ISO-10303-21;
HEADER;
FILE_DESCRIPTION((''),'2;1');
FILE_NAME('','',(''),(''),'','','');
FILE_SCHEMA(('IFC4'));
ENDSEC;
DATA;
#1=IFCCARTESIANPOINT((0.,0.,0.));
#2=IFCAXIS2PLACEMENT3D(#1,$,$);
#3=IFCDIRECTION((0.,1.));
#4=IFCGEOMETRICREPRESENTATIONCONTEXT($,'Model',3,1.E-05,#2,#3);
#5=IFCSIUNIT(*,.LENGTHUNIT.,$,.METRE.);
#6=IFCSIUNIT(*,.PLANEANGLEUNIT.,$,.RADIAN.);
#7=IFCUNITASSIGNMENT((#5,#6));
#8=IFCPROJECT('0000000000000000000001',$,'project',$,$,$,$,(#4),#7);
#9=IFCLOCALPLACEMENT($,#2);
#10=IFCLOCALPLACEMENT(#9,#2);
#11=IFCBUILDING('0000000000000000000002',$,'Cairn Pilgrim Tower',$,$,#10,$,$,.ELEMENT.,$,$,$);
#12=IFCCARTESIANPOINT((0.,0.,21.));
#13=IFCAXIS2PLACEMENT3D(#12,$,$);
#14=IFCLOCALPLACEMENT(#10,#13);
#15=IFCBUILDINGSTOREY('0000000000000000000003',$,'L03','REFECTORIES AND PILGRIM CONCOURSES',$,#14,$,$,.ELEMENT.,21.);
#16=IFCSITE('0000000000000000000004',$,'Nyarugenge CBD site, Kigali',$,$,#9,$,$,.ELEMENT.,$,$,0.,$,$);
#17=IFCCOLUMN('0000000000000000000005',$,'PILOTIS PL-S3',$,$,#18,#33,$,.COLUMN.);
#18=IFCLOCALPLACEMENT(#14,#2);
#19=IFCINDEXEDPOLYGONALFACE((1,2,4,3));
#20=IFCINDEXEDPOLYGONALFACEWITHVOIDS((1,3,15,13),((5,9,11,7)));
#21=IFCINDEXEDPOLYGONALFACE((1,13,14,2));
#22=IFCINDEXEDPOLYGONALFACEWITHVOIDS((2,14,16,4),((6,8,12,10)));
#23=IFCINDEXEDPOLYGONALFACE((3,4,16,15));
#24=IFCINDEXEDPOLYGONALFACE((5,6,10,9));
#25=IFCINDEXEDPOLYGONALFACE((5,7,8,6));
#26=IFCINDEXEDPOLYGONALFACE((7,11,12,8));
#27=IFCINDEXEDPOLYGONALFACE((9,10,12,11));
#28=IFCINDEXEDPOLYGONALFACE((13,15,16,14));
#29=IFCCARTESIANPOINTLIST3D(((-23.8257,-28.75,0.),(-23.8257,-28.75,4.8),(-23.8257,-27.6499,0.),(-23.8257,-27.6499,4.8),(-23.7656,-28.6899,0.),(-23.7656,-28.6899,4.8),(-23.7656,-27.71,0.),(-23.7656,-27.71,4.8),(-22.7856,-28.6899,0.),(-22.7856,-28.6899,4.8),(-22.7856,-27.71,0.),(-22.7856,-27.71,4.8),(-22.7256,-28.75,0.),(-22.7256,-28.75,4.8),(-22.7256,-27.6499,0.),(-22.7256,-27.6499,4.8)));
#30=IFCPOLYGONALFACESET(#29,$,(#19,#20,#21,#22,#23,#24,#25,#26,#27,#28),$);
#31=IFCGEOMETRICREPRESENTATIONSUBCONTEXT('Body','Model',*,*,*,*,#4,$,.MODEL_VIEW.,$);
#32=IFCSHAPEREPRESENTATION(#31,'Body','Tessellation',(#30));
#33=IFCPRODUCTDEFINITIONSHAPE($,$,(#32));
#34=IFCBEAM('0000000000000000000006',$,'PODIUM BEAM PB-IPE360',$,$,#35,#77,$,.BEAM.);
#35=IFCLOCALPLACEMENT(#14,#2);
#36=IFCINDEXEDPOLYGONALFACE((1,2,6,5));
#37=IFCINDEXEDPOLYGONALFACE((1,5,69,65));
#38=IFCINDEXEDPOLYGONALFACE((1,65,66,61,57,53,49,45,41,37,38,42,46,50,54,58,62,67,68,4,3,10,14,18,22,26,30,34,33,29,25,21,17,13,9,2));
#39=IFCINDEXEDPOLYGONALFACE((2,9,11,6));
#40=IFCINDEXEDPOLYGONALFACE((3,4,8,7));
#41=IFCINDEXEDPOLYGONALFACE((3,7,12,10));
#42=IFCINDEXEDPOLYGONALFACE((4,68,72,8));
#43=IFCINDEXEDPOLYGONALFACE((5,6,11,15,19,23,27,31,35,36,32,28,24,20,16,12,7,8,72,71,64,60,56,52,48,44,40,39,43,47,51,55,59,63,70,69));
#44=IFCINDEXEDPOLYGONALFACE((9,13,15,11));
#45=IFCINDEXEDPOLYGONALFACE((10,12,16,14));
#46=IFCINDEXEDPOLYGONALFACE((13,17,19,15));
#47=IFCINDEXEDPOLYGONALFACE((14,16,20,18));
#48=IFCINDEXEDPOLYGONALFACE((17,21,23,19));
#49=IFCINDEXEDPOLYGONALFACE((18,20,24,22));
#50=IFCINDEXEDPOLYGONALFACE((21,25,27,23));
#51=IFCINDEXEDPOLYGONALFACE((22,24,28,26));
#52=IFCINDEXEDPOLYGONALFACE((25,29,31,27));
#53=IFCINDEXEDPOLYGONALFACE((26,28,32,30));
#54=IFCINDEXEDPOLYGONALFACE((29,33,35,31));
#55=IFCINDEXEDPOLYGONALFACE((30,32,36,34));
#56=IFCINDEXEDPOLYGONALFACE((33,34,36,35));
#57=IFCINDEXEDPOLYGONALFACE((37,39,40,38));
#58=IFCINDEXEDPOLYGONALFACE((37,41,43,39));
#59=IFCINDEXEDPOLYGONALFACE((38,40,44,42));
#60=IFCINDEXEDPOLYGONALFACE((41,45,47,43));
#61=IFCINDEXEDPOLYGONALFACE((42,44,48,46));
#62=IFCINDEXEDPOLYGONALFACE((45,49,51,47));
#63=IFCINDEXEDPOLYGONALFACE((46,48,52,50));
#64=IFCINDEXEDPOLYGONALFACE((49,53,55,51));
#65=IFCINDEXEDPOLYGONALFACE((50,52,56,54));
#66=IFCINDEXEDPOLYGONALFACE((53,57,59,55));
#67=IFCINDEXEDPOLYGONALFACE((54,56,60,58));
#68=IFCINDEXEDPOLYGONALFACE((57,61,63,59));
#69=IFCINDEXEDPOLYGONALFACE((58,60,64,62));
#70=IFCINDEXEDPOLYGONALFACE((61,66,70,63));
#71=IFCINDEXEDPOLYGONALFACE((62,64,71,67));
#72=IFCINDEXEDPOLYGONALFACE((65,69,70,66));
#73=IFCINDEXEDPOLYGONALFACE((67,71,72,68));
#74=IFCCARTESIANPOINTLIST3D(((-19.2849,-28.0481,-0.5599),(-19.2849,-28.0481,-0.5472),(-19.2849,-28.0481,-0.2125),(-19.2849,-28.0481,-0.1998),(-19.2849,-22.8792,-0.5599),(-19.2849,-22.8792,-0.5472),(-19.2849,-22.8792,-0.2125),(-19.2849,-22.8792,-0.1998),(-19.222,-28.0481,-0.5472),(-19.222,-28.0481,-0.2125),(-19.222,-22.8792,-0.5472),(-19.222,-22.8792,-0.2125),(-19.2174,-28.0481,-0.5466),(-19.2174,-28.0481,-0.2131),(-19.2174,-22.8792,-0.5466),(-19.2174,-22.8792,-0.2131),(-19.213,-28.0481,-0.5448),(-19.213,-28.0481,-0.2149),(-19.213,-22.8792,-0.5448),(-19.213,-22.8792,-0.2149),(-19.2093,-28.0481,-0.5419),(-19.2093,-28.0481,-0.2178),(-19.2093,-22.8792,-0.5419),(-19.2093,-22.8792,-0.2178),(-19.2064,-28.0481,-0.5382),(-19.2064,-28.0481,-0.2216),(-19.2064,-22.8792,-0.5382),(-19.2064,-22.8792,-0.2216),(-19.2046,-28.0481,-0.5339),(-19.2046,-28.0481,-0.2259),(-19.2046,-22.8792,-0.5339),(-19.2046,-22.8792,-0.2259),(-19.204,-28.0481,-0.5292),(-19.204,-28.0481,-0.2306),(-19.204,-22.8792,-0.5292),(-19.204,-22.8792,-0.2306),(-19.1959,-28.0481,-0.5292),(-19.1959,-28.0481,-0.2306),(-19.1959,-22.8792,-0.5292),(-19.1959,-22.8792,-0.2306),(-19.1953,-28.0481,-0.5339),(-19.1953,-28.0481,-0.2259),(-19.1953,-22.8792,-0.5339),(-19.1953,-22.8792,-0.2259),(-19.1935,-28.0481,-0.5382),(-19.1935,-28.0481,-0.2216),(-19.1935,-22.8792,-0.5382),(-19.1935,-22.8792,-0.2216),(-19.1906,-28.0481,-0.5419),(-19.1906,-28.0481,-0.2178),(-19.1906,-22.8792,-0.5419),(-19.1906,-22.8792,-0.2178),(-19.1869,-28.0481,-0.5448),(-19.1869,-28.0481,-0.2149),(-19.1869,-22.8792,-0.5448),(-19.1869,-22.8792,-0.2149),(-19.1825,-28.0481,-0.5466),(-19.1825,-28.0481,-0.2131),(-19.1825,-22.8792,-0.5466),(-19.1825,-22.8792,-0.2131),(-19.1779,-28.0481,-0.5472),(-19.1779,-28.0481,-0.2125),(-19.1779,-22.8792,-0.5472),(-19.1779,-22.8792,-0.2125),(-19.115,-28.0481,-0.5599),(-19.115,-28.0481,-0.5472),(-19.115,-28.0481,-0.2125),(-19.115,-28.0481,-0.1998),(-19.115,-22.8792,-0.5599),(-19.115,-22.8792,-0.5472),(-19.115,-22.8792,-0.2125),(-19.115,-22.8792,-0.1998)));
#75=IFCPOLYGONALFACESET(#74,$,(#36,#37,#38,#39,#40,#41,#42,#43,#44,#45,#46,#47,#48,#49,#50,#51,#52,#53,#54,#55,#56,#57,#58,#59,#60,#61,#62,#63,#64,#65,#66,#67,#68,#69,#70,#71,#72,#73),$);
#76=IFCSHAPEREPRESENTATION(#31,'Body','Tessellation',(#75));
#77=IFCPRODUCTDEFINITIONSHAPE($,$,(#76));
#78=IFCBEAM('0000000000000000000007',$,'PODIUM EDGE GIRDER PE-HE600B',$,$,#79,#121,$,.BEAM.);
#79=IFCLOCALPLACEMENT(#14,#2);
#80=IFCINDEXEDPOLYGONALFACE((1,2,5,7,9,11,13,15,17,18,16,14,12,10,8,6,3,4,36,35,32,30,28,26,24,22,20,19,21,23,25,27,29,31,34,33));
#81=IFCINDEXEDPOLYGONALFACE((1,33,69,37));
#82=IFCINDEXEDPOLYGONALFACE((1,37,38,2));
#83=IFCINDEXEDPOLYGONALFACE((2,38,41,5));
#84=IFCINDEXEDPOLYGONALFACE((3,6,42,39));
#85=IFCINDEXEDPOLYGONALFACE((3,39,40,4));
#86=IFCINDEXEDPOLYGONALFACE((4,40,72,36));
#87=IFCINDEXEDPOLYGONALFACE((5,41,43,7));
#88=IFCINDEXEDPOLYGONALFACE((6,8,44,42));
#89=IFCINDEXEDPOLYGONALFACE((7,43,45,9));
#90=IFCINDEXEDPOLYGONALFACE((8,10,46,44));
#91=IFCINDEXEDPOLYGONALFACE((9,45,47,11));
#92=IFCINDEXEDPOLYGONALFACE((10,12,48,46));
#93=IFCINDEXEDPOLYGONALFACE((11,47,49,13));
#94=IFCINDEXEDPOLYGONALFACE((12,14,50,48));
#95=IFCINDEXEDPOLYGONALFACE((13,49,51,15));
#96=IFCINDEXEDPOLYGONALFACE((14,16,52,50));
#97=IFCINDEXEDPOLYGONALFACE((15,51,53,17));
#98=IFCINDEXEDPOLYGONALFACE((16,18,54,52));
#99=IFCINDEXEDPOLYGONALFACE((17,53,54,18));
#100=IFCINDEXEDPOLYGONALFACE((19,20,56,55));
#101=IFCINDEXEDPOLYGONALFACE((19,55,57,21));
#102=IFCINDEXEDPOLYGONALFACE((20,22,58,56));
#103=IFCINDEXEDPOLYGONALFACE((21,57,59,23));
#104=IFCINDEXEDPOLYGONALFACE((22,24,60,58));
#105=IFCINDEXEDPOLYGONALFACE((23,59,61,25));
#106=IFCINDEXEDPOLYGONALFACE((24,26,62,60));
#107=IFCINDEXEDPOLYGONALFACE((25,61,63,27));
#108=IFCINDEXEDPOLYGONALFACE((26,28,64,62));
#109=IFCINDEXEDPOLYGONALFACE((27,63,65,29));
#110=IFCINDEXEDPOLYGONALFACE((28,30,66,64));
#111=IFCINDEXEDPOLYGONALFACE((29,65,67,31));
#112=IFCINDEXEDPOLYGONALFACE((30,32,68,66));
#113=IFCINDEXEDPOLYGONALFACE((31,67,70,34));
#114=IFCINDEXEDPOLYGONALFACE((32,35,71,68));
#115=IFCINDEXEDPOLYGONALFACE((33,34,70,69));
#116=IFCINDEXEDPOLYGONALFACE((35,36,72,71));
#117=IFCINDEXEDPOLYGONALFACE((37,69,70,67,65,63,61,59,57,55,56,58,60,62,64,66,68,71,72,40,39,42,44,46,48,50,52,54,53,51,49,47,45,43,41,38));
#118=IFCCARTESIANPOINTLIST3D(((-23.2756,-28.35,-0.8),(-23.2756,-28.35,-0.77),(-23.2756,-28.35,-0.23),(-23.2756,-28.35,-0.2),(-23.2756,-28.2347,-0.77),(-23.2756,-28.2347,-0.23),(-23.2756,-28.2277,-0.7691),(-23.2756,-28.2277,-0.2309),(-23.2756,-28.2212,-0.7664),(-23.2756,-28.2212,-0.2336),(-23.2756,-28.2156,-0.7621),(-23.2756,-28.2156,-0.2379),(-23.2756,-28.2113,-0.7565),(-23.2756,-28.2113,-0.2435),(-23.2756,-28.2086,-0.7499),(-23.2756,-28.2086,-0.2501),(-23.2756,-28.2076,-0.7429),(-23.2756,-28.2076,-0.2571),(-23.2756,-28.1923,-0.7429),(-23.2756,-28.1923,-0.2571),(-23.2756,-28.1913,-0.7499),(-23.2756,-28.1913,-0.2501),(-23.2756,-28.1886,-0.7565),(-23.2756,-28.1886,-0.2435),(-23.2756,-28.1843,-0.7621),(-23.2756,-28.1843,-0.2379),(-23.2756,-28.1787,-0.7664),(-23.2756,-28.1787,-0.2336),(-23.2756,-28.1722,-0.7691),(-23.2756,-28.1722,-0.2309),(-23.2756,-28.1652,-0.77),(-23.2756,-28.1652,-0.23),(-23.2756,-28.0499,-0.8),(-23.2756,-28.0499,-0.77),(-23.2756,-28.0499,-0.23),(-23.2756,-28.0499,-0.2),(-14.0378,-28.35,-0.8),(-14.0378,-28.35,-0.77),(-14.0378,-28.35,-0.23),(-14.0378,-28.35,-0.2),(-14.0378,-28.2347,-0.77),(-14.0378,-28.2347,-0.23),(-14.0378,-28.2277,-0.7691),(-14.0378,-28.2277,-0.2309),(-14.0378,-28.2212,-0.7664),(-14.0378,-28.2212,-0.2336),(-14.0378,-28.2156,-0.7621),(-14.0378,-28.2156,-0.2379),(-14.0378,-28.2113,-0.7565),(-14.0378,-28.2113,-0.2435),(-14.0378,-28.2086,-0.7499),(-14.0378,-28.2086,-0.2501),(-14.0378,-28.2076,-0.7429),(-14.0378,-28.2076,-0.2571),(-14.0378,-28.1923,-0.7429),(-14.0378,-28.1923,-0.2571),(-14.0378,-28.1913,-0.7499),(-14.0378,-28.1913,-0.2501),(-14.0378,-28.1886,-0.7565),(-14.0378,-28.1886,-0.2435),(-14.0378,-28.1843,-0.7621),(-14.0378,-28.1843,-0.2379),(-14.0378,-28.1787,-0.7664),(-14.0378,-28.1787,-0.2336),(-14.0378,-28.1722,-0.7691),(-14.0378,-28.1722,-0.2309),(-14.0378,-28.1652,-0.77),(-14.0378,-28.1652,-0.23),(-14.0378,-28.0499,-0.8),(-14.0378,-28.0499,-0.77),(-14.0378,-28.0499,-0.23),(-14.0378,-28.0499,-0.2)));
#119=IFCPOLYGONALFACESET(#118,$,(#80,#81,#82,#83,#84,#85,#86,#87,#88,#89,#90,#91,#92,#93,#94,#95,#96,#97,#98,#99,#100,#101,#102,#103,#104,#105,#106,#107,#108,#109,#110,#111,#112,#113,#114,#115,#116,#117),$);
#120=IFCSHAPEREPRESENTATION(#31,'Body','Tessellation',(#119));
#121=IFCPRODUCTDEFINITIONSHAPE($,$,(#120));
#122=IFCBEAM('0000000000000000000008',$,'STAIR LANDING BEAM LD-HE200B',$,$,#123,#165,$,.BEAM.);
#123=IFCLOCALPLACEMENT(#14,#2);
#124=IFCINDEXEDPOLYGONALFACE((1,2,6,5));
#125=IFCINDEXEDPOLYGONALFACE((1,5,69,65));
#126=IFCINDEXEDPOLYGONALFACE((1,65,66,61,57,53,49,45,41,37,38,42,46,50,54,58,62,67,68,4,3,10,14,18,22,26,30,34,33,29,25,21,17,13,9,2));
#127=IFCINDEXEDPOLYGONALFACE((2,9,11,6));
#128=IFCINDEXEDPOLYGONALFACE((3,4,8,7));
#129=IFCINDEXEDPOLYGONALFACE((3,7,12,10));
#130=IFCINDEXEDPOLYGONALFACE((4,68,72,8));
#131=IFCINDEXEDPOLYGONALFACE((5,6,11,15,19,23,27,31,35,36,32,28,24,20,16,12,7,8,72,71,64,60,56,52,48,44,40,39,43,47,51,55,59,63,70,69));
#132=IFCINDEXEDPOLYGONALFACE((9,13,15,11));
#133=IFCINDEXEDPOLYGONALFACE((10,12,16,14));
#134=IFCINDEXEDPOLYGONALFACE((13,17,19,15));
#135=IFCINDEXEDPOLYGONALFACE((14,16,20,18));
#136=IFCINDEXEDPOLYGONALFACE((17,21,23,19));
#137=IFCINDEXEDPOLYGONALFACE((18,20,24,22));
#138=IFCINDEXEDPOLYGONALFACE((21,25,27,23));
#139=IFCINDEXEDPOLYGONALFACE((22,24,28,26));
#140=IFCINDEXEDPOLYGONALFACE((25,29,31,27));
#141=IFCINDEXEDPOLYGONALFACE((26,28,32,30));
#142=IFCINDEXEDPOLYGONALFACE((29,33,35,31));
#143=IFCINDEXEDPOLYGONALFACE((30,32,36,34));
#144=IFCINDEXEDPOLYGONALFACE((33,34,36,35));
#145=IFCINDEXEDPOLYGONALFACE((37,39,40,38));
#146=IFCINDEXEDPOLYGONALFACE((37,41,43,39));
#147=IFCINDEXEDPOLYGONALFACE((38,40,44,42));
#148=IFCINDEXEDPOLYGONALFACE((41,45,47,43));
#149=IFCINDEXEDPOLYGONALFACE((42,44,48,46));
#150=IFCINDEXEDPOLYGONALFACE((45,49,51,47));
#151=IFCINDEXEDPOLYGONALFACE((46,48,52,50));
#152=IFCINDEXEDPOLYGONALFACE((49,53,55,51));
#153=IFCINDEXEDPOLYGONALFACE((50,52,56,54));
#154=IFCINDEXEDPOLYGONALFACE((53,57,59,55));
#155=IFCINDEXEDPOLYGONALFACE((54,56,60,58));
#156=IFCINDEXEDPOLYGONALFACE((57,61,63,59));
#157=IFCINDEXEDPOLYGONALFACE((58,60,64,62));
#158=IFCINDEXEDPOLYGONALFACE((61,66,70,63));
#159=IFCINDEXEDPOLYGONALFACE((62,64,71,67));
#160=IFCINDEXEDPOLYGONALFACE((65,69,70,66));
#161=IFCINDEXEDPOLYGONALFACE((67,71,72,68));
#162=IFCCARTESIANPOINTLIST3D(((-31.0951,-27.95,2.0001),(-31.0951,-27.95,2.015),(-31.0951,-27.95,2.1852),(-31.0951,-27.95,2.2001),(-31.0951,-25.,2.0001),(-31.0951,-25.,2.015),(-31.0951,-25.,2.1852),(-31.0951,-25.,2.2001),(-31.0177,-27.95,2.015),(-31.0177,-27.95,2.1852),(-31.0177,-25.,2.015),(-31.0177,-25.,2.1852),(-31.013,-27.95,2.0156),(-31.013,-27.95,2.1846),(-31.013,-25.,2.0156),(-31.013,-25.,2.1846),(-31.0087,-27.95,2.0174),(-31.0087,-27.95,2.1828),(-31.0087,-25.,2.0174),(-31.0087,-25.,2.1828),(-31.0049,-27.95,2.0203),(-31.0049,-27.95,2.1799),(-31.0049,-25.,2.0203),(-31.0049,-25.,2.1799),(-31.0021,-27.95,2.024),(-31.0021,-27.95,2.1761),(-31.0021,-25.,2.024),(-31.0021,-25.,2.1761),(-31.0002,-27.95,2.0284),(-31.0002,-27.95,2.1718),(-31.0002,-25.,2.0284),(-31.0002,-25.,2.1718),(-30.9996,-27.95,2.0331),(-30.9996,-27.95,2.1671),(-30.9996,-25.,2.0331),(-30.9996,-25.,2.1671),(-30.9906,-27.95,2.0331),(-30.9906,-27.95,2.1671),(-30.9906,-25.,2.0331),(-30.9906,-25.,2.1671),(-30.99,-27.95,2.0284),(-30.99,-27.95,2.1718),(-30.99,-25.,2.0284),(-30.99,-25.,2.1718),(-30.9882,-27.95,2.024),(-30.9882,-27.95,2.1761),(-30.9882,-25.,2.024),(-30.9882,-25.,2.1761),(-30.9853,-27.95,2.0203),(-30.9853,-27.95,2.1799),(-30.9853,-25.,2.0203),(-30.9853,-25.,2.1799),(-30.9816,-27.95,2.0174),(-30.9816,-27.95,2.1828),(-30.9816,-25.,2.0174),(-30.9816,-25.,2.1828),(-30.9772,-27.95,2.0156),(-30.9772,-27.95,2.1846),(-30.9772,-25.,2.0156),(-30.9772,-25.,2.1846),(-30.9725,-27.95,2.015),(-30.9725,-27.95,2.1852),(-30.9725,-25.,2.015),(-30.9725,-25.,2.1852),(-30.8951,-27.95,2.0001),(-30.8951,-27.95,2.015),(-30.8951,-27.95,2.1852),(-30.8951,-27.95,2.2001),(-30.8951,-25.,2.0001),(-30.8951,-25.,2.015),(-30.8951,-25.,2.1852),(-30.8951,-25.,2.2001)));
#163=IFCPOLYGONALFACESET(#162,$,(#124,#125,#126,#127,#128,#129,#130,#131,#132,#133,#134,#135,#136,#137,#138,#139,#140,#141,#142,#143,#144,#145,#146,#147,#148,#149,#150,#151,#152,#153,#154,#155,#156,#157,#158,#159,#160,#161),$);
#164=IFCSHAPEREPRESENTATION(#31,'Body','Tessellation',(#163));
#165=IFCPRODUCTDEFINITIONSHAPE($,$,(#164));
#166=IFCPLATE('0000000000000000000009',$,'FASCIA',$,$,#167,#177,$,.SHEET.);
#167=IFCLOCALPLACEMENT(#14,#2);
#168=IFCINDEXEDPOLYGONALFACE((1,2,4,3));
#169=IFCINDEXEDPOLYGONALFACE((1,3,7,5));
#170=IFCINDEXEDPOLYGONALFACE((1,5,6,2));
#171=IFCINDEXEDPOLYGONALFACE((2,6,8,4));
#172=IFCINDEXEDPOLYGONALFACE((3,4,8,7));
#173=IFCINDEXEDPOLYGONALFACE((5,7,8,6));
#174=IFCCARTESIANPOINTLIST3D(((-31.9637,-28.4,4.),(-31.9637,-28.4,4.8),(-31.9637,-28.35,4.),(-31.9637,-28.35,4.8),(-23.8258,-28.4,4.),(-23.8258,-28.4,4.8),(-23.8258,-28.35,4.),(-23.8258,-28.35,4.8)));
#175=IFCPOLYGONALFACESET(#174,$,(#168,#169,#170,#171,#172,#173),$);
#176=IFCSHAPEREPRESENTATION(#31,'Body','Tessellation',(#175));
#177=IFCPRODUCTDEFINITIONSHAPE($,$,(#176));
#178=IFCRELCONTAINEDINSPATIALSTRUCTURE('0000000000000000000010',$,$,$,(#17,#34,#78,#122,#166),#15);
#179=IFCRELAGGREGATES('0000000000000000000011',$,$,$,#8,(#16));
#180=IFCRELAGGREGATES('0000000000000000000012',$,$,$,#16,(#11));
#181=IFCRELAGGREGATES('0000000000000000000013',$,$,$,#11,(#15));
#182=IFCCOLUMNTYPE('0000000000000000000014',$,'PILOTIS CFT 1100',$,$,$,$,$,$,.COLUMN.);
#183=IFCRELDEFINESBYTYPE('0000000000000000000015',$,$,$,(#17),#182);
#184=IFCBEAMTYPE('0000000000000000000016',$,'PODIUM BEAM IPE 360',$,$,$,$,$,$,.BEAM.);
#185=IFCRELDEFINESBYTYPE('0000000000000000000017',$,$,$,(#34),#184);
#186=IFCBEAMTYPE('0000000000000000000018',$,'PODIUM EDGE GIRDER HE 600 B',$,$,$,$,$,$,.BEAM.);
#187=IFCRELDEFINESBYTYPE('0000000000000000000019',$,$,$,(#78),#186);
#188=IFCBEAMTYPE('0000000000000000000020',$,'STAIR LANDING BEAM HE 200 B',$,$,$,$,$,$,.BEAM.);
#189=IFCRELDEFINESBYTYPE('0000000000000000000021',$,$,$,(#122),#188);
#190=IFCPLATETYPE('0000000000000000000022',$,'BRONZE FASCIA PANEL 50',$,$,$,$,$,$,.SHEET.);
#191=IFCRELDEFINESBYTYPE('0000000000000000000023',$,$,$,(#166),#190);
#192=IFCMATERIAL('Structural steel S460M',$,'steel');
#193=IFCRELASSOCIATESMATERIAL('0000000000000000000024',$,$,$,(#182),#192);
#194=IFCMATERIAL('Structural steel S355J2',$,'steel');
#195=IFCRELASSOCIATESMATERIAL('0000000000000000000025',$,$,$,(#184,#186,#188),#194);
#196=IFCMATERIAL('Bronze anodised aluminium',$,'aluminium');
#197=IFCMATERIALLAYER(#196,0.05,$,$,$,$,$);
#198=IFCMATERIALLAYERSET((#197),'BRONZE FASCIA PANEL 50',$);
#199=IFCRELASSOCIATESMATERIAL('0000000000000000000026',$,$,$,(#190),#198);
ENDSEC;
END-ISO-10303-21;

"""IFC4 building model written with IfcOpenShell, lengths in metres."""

from ifc_helpers import new_model, si_unit, direction, frame, origin, origin_2d, place, context, subcontext, project, spatial, rectangle, hollow_rectangle, i_section, extrude, material, layer, layer_set, material_profile, profile_set, type_object, element, save


model = new_model("IFC4")

# Units and contexts
model_context = context("Model", 3, precision=1e-05, world=origin(), true_north=direction((0.0, 1.0)))
body_context = subcontext(model_context, "Body", "Model", "MODEL_VIEW")
ifc_project = project(units=[si_unit("LENGTHUNIT", "METRE"), si_unit("PLANEANGLEUNIT", "RADIAN")], contexts=[model_context])

# Site, building, storey
site_placement = place(None, origin())
site = spatial("IfcSite", under=ifc_project, at=site_placement, Name="Nyarugenge CBD site, Kigali", CompositionType="ELEMENT", RefElevation=0.0)
building_placement = place(site_placement, origin())
building = spatial("IfcBuilding", under=site, at=building_placement, Name="Cairn Pilgrim Tower", CompositionType="ELEMENT")
storey_placement = place(building_placement, frame((0.0, 0.0, 21.0)))
storey = spatial("IfcBuildingStorey", under=building, at=storey_placement, Name="L03", Description="REFECTORIES AND PILGRIM CONCOURSES", CompositionType="ELEMENT", Elevation=21.0)

# Column
ifc_material_1 = material(Name="Structural steel S460M", Category="steel")
ifc_material_profile_1 = material_profile(ifc_material_1, hollow_rectangle(XDim=1.1001, YDim=1.1001, WallThickness=0.0601, at=origin_2d()), Name="BOX 1100x1100x60")
ifc_profile_set_1 = profile_set([ifc_material_profile_1], Name="Structural steel S460M")
column_type = type_object("IfcColumnType", Name="PILOTIS CFT 1100", PredefinedType="COLUMN", material=ifc_profile_set_1)
column_placement = place(storey_placement, frame((-23.2756, -28.2, 0.0), z_axis=(0.0, 0.0, 1.0), x_axis=(1.0, 0.0, 0.0)))
element("IfcColumn", 1, at=column_placement, inside=storey, type_object=column_type, Name="PILOTIS PL-S3", PredefinedType="COLUMN", context=body_context, shape_type="SweptSolid", body=[
    extrude(hollow_rectangle(XDim=1.1001, YDim=1.1001, WallThickness=0.0601, at=origin_2d()), origin(), (0.0, 0.0, 1.0), 4.8),
])

# Beams
ifc_material_2 = material(Name="Structural steel S355J2", Category="steel")
ifc_material_profile_2 = material_profile(ifc_material_2, i_section(OverallWidth=0.1699, OverallDepth=0.3601, WebThickness=0.0081, FlangeThickness=0.0127, FilletRadius=0.0181, at=origin_2d()), Name="IPE 360")
ifc_profile_set_2 = profile_set([ifc_material_profile_2], Name="Structural steel S355J2")
beam_type_1 = type_object("IfcBeamType", Name="PODIUM BEAM IPE 360", PredefinedType="BEAM", material=ifc_profile_set_2)
beam_1_placement = place(storey_placement, frame((-19.2, -28.0481, -0.3799), z_axis=(0.0, 1.0, 0.0), x_axis=(-1.0, 0.0, 0.0)))
element("IfcBeam", 2, at=beam_1_placement, inside=storey, type_object=beam_type_1, Name="PODIUM BEAM PB-IPE360", PredefinedType="BEAM", context=body_context, shape_type="SweptSolid", body=[
    extrude(i_section(OverallWidth=0.1699, OverallDepth=0.3601, WebThickness=0.0081, FlangeThickness=0.0127, FilletRadius=0.0181, at=origin_2d()), origin(), (0.0, 0.0, 1.0), 5.1689),
])
ifc_material_profile_3 = material_profile(ifc_material_2, i_section(OverallWidth=0.3, OverallDepth=0.6001, WebThickness=0.0154, FlangeThickness=0.03, FilletRadius=0.0271, at=origin_2d()), Name="HEB 600")
ifc_profile_set_3 = profile_set([ifc_material_profile_3], Name="Structural steel S355J2")
beam_type_2 = type_object("IfcBeamType", Name="PODIUM EDGE GIRDER HE 600 B", PredefinedType="BEAM", material=ifc_profile_set_3)
beam_2_placement = place(storey_placement, frame((-23.2756, -28.2, -0.5), z_axis=(1.0, 0.0, 0.0), x_axis=(0.0, 1.0, 0.0)))
element("IfcBeam", 3, at=beam_2_placement, inside=storey, type_object=beam_type_2, Name="PODIUM EDGE GIRDER PE-HE600B", PredefinedType="BEAM", context=body_context, shape_type="SweptSolid", body=[
    extrude(i_section(OverallWidth=0.3, OverallDepth=0.6001, WebThickness=0.0154, FlangeThickness=0.03, FilletRadius=0.0271, at=origin_2d()), origin(), (0.0, 0.0, 1.0), 9.2378),
])
ifc_material_profile_4 = material_profile(ifc_material_2, i_section(OverallWidth=0.2, OverallDepth=0.2, WebThickness=0.009, FlangeThickness=0.0149, FilletRadius=0.0181, at=origin_2d()), Name="HE 200 B")
ifc_profile_set_4 = profile_set([ifc_material_profile_4], Name="Structural steel S355J2")
beam_type_3 = type_object("IfcBeamType", Name="STAIR LANDING BEAM HE 200 B", PredefinedType="BEAM", material=ifc_profile_set_4)
beam_3_placement = place(storey_placement, frame((-30.9951, -27.95, 2.1001), z_axis=(0.0, 1.0, 0.0), x_axis=(-1.0, 0.0, 0.0)))
element("IfcBeam", 4, at=beam_3_placement, inside=storey, type_object=beam_type_3, Name="STAIR LANDING BEAM LD-HE200B", PredefinedType="BEAM", context=body_context, shape_type="SweptSolid", body=[
    extrude(i_section(OverallWidth=0.2, OverallDepth=0.2, WebThickness=0.009, FlangeThickness=0.0149, FilletRadius=0.0181, at=origin_2d()), origin(), (0.0, 0.0, 1.0), 2.95),
])

# Plate
ifc_material_3 = material(Name="Bronze anodised aluminium", Category="aluminium")
ifc_layer_1 = layer(ifc_material_3, 0.05)
ifc_layer_set_1 = layer_set([ifc_layer_1], Name="BRONZE FASCIA PANEL 50")
plate_type_1 = type_object("IfcPlateType", Name="BRONZE FASCIA PANEL 50", PredefinedType="SHEET", material=ifc_layer_set_1)
plate_1_placement = place(storey_placement, frame((-27.8948, -28.375, 4.0), z_axis=(0.0, 0.0, 1.0), x_axis=(1.0, 0.0, 0.0)))
element("IfcPlate", 5, at=plate_1_placement, inside=storey, type_object=plate_type_1, Name="FASCIA", PredefinedType="SHEET", context=body_context, shape_type="SweptSolid", body=[
    extrude(rectangle(XDim=8.1379, YDim=0.05, at=origin_2d()), origin(), (0.0, 0.0, 1.0), 0.8),
])

save(model, "model.ifc")
